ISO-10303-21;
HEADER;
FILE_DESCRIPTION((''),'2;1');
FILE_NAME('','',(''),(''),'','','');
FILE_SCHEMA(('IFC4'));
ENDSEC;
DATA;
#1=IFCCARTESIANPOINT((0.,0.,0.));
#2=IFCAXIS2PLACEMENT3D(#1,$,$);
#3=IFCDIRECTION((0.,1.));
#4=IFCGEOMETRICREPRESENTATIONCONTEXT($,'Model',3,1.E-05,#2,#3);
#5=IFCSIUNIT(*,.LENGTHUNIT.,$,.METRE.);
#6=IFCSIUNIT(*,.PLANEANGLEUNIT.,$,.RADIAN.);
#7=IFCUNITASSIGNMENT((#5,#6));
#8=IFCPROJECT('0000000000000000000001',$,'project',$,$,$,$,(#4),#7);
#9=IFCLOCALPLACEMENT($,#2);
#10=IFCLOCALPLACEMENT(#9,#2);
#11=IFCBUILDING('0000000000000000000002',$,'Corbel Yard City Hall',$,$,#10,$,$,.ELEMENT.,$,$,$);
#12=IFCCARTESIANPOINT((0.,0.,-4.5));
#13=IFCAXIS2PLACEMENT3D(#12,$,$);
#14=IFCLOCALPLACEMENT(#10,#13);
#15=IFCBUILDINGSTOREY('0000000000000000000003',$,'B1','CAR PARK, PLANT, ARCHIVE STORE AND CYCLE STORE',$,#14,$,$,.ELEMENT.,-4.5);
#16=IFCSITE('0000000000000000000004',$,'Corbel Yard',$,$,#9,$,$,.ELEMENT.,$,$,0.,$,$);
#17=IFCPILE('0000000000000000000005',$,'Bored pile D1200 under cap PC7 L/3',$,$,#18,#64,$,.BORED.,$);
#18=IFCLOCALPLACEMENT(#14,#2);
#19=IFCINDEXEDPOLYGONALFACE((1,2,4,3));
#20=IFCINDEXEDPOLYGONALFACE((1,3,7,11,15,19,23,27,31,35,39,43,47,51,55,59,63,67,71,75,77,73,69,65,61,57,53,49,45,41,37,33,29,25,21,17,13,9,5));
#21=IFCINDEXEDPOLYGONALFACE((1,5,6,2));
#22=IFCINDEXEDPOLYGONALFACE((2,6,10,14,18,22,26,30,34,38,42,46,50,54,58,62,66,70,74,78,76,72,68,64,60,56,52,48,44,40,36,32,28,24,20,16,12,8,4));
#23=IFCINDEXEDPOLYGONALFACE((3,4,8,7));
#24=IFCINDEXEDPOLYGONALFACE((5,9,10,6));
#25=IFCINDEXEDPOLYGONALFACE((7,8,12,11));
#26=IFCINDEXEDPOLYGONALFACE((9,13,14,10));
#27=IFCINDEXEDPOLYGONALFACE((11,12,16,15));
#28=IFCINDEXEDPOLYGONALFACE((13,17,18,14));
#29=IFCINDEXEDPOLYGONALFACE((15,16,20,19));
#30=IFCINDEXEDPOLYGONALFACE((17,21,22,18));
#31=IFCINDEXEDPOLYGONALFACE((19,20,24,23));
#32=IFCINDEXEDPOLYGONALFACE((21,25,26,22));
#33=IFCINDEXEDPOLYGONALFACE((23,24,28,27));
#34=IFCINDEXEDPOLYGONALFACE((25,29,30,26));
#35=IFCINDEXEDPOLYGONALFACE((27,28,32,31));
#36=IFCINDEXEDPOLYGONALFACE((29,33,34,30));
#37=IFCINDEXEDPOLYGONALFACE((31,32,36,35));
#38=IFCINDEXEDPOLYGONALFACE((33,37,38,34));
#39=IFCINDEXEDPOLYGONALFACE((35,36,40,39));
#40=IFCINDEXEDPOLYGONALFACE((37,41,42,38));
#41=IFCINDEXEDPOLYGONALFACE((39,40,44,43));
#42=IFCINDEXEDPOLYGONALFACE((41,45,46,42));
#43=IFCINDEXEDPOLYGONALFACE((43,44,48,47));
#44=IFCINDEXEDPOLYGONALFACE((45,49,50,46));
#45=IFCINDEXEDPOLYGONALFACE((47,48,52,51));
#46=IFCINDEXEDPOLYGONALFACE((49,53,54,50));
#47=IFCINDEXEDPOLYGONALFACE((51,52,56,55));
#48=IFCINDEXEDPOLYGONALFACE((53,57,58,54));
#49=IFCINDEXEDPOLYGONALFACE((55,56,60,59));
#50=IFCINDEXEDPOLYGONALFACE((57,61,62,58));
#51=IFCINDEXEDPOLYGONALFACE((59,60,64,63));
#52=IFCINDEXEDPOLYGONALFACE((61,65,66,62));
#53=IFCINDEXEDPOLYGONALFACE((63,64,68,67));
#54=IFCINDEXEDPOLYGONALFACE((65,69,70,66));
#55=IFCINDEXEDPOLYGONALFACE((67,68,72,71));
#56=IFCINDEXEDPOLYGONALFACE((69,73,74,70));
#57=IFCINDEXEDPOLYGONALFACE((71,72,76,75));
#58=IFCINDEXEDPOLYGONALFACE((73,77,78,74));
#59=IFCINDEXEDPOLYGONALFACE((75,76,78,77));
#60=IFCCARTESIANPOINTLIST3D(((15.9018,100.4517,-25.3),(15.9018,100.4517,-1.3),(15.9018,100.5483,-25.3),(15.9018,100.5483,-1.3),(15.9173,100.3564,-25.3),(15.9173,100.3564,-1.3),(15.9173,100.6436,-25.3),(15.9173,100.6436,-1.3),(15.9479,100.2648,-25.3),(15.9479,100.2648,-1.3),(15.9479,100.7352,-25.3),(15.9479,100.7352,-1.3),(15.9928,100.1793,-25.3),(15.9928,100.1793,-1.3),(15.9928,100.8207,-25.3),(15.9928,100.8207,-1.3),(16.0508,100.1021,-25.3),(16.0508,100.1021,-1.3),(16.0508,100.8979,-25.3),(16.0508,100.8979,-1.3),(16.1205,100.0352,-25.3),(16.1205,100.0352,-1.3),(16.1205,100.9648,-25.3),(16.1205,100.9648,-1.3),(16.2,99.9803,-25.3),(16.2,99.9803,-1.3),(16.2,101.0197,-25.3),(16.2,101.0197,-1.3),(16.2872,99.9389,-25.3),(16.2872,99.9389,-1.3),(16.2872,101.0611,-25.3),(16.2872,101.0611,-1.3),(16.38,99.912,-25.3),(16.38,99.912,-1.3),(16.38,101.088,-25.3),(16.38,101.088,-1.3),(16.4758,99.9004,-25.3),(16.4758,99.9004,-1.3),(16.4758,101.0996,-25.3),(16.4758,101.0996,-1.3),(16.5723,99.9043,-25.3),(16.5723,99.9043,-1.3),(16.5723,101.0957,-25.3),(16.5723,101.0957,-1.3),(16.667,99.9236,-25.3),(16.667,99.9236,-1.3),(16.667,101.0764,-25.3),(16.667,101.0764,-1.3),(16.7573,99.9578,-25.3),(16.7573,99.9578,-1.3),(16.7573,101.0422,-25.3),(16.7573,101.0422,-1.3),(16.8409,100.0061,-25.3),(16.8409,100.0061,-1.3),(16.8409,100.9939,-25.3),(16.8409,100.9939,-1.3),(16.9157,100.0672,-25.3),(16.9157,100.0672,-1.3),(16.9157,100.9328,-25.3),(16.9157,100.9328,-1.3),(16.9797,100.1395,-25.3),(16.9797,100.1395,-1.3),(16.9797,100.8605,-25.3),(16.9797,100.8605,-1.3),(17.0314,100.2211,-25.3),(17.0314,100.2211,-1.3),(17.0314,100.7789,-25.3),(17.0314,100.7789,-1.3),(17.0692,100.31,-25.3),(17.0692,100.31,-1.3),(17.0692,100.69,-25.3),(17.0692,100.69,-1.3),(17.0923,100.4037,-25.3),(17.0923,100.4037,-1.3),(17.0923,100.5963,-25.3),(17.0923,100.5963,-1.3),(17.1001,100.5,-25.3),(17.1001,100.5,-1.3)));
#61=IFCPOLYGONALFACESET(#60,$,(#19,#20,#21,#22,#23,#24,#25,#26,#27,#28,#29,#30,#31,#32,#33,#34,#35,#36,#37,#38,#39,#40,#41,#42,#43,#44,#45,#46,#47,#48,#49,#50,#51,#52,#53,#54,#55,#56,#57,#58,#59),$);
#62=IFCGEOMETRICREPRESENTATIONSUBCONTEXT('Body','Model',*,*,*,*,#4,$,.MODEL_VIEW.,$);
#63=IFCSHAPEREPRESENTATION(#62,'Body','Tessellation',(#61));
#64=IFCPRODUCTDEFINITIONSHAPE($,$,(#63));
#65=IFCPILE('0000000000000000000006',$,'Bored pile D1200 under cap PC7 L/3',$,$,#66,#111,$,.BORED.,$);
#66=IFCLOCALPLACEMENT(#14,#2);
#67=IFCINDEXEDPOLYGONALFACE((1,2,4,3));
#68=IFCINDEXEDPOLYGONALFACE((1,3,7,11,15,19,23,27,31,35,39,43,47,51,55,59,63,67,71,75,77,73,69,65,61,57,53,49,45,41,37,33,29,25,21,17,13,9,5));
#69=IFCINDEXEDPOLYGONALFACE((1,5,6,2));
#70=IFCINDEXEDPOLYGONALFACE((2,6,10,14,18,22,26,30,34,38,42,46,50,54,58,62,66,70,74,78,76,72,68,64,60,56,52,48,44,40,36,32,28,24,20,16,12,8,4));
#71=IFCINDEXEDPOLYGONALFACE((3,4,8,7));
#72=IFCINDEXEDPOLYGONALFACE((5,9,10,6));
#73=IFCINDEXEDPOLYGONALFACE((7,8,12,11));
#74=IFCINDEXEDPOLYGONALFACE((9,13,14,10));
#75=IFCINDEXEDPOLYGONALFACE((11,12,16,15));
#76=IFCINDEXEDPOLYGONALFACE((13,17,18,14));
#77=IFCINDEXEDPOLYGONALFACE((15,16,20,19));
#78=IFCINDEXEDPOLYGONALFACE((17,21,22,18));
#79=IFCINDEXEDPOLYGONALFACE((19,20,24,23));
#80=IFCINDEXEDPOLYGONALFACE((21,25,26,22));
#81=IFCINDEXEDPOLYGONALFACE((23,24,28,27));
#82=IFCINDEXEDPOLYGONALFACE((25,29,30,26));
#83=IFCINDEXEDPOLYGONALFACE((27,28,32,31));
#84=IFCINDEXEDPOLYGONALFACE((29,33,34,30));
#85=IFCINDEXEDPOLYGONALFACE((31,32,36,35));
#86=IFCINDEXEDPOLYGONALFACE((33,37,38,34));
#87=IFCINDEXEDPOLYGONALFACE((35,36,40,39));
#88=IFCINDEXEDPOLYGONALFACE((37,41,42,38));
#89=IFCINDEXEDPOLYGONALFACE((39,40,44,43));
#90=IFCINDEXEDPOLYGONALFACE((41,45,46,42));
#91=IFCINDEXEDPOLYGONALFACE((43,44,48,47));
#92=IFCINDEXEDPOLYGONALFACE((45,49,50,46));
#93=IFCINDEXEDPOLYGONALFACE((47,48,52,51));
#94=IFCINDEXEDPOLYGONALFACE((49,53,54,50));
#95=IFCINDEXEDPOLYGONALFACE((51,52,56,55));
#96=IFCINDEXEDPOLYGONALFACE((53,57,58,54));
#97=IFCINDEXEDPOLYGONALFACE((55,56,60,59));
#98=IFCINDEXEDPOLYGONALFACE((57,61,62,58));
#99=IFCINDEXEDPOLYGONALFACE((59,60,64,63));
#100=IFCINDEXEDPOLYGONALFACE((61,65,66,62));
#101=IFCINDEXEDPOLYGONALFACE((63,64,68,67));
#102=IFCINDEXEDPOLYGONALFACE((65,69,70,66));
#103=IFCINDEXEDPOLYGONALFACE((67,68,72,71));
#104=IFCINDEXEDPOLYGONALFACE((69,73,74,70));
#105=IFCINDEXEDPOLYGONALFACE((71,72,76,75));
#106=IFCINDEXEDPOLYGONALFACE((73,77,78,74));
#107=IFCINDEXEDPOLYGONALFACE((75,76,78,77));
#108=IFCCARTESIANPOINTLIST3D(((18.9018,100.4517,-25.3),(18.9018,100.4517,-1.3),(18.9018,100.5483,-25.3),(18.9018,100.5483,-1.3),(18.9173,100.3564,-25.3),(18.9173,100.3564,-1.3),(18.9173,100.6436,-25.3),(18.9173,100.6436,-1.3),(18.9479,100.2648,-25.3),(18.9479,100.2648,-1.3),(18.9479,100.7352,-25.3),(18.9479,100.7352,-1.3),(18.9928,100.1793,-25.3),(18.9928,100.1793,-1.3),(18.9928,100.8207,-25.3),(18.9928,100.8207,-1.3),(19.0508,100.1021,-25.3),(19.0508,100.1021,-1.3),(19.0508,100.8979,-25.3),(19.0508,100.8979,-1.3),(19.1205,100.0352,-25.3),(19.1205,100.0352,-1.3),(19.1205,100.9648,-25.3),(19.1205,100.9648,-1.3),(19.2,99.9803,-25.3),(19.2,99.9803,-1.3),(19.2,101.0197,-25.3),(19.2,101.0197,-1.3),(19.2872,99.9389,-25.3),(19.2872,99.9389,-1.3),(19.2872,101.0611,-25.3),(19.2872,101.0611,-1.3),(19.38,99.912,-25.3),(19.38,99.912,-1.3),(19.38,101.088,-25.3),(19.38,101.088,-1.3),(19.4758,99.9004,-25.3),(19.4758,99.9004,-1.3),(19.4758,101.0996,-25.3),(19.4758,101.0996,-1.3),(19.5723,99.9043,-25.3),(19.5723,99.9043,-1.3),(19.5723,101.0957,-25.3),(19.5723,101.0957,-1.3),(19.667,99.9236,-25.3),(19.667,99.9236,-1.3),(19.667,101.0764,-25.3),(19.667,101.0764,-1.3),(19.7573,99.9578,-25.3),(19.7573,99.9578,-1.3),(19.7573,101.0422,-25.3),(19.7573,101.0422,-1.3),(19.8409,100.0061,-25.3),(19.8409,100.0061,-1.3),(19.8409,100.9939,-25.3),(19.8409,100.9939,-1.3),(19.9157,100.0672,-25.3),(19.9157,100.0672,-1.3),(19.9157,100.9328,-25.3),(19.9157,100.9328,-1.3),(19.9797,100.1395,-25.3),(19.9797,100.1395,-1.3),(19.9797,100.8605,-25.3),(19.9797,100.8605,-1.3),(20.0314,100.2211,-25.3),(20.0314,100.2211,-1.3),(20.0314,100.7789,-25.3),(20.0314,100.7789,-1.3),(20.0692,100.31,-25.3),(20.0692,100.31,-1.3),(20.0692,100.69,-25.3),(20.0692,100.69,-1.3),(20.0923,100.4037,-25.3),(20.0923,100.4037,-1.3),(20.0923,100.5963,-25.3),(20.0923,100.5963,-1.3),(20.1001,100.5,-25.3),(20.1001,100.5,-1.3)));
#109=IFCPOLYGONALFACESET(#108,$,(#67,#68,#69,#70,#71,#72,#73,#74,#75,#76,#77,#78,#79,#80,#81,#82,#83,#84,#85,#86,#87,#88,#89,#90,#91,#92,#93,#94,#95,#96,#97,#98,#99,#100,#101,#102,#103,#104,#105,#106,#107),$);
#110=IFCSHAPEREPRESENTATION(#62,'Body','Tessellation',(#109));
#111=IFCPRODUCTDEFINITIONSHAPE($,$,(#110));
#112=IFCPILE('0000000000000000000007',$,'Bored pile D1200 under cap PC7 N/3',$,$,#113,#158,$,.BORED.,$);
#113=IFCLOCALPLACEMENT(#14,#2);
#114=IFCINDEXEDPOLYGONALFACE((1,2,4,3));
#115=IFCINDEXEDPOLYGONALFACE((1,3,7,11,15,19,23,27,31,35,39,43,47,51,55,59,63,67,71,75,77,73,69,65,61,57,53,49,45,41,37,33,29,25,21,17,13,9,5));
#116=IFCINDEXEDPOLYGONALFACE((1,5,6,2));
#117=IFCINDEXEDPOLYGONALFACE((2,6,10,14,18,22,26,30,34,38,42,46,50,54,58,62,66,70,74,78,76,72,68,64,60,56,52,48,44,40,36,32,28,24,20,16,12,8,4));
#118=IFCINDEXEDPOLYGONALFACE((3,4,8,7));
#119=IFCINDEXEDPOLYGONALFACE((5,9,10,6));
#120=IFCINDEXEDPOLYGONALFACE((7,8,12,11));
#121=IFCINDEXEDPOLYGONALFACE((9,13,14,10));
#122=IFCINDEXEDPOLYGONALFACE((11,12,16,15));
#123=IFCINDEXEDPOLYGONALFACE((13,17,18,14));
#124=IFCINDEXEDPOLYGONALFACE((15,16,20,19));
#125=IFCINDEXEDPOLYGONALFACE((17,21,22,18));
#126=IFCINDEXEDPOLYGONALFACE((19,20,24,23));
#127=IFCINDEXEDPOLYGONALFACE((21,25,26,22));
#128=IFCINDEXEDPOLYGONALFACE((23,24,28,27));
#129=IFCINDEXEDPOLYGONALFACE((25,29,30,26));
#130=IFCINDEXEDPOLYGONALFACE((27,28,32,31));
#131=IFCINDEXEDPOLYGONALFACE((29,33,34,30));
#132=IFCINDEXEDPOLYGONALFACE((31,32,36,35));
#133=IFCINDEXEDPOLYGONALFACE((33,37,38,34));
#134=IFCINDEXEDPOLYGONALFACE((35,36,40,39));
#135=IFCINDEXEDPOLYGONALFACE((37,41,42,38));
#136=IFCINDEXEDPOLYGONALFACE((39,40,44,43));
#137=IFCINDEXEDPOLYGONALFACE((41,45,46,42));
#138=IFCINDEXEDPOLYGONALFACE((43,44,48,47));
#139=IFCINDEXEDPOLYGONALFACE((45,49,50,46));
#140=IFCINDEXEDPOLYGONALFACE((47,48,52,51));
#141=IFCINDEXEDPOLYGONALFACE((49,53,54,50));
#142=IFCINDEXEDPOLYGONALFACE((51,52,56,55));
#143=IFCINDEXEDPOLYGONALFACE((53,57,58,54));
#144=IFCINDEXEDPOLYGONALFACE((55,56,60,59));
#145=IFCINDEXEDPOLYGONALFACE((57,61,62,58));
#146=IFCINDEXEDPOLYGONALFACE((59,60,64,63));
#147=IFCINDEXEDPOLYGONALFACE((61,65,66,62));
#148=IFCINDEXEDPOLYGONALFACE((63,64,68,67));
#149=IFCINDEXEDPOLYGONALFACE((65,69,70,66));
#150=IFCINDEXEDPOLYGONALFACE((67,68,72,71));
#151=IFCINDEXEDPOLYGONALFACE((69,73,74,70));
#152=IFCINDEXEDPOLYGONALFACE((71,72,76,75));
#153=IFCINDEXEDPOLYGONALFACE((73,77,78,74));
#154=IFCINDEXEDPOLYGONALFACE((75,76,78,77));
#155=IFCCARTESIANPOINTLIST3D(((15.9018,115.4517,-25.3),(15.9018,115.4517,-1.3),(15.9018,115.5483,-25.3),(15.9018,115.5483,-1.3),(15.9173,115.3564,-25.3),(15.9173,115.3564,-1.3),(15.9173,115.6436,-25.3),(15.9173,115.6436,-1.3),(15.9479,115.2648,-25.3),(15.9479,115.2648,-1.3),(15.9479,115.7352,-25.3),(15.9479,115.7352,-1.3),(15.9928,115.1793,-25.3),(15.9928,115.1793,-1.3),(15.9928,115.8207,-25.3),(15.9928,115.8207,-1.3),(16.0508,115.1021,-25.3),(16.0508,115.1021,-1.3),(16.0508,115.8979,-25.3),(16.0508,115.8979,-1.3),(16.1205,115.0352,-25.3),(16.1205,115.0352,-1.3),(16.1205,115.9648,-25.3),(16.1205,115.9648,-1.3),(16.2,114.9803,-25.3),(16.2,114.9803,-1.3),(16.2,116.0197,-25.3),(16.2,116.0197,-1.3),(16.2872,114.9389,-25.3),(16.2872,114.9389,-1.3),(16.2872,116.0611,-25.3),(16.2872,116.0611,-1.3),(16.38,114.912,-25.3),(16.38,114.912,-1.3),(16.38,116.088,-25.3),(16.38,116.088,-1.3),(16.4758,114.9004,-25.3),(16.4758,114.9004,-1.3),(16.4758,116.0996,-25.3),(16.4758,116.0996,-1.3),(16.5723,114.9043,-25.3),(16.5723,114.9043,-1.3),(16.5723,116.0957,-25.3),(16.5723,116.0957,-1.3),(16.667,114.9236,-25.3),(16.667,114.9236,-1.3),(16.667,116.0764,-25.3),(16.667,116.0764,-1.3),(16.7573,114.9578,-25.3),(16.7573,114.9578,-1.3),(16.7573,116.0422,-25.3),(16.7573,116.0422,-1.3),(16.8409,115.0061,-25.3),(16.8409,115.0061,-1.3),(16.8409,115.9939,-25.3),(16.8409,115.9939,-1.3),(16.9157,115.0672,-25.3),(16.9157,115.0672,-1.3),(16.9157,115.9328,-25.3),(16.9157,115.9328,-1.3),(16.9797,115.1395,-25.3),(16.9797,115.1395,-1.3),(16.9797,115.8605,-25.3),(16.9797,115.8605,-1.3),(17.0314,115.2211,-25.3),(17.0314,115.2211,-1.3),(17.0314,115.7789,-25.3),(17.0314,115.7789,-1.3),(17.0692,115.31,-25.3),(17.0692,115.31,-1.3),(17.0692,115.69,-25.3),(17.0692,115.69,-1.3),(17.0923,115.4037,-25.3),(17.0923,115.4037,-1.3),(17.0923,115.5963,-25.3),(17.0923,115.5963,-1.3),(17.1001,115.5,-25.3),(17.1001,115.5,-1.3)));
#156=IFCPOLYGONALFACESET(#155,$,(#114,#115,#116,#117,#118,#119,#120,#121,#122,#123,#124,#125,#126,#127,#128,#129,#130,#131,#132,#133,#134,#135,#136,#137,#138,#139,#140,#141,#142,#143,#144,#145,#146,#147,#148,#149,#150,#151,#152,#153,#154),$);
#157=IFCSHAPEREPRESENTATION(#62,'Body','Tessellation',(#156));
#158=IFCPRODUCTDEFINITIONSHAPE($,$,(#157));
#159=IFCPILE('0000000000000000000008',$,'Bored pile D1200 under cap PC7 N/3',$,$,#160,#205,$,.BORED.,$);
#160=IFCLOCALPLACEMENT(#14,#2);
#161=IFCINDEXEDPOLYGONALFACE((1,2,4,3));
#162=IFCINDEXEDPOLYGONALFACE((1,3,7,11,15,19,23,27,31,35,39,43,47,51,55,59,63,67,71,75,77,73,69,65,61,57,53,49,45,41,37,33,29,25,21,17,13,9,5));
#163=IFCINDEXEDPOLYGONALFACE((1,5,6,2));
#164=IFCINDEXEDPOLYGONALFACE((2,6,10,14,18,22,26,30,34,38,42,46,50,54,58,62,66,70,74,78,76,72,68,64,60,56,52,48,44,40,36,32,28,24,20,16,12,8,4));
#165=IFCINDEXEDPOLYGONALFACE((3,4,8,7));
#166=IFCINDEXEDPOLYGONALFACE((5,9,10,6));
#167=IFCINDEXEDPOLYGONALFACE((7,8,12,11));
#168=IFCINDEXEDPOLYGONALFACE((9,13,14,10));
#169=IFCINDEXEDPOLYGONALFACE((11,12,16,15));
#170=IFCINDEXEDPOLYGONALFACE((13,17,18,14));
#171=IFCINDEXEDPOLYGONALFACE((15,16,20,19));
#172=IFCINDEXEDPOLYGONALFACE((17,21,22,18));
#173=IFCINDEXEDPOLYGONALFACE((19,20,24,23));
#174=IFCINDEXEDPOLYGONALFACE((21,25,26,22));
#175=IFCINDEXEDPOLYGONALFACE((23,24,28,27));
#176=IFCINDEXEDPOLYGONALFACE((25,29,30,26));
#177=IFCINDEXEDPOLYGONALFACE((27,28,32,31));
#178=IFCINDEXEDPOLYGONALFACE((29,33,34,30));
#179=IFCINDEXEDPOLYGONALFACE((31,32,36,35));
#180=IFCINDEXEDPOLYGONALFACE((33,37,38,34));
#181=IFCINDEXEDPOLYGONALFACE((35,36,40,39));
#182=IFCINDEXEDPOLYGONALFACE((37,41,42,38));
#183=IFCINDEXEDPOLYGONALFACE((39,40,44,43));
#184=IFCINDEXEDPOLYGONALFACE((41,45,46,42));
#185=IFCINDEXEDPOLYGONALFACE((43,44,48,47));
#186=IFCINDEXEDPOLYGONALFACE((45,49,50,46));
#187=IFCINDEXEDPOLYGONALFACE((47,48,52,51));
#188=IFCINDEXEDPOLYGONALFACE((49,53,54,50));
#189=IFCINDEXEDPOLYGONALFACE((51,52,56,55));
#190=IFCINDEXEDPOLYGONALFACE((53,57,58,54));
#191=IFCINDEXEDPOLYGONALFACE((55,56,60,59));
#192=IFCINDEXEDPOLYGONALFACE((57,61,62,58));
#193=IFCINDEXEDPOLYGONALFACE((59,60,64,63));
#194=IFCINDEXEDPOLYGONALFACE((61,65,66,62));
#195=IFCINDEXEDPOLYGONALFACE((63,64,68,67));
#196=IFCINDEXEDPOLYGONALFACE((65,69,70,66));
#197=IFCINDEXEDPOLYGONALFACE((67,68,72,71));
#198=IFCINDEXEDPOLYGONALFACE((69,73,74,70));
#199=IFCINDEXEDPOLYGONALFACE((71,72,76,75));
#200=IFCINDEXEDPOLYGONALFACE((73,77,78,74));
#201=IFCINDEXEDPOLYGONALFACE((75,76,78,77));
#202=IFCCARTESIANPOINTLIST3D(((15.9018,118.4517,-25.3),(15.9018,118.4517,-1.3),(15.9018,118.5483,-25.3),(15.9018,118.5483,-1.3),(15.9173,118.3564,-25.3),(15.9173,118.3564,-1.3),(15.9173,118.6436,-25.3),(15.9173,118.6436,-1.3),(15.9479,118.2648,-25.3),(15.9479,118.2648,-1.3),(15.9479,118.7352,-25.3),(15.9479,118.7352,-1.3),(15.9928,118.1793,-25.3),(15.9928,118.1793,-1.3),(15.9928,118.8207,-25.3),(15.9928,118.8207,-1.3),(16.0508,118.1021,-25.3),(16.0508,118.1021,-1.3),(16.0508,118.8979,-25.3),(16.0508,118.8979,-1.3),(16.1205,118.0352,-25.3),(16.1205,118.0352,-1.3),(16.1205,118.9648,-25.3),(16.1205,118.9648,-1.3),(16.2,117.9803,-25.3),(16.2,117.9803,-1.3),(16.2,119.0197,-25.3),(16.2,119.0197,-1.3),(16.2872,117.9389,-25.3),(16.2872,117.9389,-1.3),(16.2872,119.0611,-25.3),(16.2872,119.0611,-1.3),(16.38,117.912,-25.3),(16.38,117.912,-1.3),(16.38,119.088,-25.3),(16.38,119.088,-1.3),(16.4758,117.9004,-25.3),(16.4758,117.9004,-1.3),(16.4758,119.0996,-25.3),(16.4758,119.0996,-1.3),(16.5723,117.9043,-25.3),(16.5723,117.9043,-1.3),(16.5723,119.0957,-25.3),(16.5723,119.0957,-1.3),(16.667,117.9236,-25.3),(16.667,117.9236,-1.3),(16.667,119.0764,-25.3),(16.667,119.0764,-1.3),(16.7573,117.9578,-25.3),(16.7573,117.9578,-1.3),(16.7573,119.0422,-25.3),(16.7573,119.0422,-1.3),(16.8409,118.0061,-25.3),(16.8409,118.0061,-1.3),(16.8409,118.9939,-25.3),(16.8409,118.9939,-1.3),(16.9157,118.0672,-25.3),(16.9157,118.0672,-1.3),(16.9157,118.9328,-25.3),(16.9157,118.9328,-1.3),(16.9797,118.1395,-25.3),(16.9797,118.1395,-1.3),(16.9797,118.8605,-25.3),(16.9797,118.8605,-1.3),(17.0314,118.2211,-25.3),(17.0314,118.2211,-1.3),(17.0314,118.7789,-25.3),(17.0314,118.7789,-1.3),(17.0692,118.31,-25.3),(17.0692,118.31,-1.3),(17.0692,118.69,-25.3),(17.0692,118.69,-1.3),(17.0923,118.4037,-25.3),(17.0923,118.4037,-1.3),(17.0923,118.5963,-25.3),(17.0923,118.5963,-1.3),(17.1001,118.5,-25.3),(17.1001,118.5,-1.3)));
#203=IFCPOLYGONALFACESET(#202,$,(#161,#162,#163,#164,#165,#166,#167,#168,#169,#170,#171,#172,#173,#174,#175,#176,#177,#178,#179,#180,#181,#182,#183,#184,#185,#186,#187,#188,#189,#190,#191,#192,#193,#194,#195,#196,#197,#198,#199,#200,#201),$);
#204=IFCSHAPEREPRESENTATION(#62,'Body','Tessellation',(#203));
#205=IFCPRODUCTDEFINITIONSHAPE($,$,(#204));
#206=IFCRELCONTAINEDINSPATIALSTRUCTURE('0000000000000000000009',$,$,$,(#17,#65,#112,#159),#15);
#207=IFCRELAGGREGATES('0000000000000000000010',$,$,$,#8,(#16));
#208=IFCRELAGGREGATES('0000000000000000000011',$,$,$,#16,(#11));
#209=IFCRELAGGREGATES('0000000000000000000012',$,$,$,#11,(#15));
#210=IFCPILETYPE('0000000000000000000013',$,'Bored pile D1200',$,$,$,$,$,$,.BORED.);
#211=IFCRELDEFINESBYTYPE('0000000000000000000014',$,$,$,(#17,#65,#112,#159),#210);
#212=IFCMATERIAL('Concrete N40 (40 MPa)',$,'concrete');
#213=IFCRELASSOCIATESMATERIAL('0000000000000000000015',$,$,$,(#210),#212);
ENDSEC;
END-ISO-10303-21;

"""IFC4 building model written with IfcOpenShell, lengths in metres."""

from ifc_helpers import new_model, si_unit, direction, frame, origin, origin_2d, place, context, subcontext, project, spatial, circle, extrude, material, material_profile, profile_set, type_object, element, save


model = new_model("IFC4")

# Units and contexts
model_context = context("Model", 3, precision=1e-05, world=origin(), true_north=direction((0.0, 1.0)))
body_context = subcontext(model_context, "Body", "Model", "MODEL_VIEW")
ifc_project = project(units=[si_unit("LENGTHUNIT", "METRE"), si_unit("PLANEANGLEUNIT", "RADIAN")], contexts=[model_context])

# Site, building, storey
site_placement = place(None, origin())
site = spatial("IfcSite", under=ifc_project, at=site_placement, Name="Corbel Yard", CompositionType="ELEMENT", RefElevation=0.0)
building_placement = place(site_placement, origin())
building = spatial("IfcBuilding", under=site, at=building_placement, Name="Corbel Yard City Hall", CompositionType="ELEMENT")
storey_placement = place(building_placement, frame((0.0, 0.0, -4.5)))
storey = spatial("IfcBuildingStorey", under=building, at=storey_placement, Name="B1", Description="CAR PARK, PLANT, ARCHIVE STORE AND CYCLE STORE", CompositionType="ELEMENT", Elevation=-4.5)

# Piles
ifc_material_1 = material(Name="Concrete N40 (40 MPa)", Category="concrete")
ifc_material_profile = material_profile(ifc_material_1, circle(Radius=0.6001, at=origin_2d()), Name="D1200")
ifc_profile_set = profile_set([ifc_material_profile], Name="Concrete N40 (40 MPa)")
pile_type = type_object("IfcPileType", Name="Bored pile D1200", PredefinedType="BORED", material=ifc_profile_set)
for number, where, z_axis, x_axis, name in (
    (1, (16.5, 100.5, -1.3), (0.0, 0.0, -1.0), (1.0, 0.0, 0.0), "Bored pile D1200 under cap PC7 L/3"),
    (2, (19.5, 100.5, -1.3), (0.0, 0.0, -1.0), (1.0, 0.0, 0.0), "Bored pile D1200 under cap PC7 L/3"),
    (3, (16.5, 115.5, -1.3), (0.0, 0.0, -1.0), (1.0, 0.0, 0.0), "Bored pile D1200 under cap PC7 N/3"),
    (4, (16.5, 118.5, -1.3), (0.0, 0.0, -1.0), (1.0, 0.0, 0.0), "Bored pile D1200 under cap PC7 N/3"),
):
    element("IfcPile", number, at=place(storey_placement, frame(where, z_axis=z_axis, x_axis=x_axis)), inside=storey, type_object=pile_type, Name=name, PredefinedType="BORED", context=body_context, shape_type="SweptSolid", body=[
        extrude(circle(Radius=0.6001, at=origin_2d()), origin(), (0.0, 0.0, 1.0), 24.0),
    ])

save(model, "model.ifc")
